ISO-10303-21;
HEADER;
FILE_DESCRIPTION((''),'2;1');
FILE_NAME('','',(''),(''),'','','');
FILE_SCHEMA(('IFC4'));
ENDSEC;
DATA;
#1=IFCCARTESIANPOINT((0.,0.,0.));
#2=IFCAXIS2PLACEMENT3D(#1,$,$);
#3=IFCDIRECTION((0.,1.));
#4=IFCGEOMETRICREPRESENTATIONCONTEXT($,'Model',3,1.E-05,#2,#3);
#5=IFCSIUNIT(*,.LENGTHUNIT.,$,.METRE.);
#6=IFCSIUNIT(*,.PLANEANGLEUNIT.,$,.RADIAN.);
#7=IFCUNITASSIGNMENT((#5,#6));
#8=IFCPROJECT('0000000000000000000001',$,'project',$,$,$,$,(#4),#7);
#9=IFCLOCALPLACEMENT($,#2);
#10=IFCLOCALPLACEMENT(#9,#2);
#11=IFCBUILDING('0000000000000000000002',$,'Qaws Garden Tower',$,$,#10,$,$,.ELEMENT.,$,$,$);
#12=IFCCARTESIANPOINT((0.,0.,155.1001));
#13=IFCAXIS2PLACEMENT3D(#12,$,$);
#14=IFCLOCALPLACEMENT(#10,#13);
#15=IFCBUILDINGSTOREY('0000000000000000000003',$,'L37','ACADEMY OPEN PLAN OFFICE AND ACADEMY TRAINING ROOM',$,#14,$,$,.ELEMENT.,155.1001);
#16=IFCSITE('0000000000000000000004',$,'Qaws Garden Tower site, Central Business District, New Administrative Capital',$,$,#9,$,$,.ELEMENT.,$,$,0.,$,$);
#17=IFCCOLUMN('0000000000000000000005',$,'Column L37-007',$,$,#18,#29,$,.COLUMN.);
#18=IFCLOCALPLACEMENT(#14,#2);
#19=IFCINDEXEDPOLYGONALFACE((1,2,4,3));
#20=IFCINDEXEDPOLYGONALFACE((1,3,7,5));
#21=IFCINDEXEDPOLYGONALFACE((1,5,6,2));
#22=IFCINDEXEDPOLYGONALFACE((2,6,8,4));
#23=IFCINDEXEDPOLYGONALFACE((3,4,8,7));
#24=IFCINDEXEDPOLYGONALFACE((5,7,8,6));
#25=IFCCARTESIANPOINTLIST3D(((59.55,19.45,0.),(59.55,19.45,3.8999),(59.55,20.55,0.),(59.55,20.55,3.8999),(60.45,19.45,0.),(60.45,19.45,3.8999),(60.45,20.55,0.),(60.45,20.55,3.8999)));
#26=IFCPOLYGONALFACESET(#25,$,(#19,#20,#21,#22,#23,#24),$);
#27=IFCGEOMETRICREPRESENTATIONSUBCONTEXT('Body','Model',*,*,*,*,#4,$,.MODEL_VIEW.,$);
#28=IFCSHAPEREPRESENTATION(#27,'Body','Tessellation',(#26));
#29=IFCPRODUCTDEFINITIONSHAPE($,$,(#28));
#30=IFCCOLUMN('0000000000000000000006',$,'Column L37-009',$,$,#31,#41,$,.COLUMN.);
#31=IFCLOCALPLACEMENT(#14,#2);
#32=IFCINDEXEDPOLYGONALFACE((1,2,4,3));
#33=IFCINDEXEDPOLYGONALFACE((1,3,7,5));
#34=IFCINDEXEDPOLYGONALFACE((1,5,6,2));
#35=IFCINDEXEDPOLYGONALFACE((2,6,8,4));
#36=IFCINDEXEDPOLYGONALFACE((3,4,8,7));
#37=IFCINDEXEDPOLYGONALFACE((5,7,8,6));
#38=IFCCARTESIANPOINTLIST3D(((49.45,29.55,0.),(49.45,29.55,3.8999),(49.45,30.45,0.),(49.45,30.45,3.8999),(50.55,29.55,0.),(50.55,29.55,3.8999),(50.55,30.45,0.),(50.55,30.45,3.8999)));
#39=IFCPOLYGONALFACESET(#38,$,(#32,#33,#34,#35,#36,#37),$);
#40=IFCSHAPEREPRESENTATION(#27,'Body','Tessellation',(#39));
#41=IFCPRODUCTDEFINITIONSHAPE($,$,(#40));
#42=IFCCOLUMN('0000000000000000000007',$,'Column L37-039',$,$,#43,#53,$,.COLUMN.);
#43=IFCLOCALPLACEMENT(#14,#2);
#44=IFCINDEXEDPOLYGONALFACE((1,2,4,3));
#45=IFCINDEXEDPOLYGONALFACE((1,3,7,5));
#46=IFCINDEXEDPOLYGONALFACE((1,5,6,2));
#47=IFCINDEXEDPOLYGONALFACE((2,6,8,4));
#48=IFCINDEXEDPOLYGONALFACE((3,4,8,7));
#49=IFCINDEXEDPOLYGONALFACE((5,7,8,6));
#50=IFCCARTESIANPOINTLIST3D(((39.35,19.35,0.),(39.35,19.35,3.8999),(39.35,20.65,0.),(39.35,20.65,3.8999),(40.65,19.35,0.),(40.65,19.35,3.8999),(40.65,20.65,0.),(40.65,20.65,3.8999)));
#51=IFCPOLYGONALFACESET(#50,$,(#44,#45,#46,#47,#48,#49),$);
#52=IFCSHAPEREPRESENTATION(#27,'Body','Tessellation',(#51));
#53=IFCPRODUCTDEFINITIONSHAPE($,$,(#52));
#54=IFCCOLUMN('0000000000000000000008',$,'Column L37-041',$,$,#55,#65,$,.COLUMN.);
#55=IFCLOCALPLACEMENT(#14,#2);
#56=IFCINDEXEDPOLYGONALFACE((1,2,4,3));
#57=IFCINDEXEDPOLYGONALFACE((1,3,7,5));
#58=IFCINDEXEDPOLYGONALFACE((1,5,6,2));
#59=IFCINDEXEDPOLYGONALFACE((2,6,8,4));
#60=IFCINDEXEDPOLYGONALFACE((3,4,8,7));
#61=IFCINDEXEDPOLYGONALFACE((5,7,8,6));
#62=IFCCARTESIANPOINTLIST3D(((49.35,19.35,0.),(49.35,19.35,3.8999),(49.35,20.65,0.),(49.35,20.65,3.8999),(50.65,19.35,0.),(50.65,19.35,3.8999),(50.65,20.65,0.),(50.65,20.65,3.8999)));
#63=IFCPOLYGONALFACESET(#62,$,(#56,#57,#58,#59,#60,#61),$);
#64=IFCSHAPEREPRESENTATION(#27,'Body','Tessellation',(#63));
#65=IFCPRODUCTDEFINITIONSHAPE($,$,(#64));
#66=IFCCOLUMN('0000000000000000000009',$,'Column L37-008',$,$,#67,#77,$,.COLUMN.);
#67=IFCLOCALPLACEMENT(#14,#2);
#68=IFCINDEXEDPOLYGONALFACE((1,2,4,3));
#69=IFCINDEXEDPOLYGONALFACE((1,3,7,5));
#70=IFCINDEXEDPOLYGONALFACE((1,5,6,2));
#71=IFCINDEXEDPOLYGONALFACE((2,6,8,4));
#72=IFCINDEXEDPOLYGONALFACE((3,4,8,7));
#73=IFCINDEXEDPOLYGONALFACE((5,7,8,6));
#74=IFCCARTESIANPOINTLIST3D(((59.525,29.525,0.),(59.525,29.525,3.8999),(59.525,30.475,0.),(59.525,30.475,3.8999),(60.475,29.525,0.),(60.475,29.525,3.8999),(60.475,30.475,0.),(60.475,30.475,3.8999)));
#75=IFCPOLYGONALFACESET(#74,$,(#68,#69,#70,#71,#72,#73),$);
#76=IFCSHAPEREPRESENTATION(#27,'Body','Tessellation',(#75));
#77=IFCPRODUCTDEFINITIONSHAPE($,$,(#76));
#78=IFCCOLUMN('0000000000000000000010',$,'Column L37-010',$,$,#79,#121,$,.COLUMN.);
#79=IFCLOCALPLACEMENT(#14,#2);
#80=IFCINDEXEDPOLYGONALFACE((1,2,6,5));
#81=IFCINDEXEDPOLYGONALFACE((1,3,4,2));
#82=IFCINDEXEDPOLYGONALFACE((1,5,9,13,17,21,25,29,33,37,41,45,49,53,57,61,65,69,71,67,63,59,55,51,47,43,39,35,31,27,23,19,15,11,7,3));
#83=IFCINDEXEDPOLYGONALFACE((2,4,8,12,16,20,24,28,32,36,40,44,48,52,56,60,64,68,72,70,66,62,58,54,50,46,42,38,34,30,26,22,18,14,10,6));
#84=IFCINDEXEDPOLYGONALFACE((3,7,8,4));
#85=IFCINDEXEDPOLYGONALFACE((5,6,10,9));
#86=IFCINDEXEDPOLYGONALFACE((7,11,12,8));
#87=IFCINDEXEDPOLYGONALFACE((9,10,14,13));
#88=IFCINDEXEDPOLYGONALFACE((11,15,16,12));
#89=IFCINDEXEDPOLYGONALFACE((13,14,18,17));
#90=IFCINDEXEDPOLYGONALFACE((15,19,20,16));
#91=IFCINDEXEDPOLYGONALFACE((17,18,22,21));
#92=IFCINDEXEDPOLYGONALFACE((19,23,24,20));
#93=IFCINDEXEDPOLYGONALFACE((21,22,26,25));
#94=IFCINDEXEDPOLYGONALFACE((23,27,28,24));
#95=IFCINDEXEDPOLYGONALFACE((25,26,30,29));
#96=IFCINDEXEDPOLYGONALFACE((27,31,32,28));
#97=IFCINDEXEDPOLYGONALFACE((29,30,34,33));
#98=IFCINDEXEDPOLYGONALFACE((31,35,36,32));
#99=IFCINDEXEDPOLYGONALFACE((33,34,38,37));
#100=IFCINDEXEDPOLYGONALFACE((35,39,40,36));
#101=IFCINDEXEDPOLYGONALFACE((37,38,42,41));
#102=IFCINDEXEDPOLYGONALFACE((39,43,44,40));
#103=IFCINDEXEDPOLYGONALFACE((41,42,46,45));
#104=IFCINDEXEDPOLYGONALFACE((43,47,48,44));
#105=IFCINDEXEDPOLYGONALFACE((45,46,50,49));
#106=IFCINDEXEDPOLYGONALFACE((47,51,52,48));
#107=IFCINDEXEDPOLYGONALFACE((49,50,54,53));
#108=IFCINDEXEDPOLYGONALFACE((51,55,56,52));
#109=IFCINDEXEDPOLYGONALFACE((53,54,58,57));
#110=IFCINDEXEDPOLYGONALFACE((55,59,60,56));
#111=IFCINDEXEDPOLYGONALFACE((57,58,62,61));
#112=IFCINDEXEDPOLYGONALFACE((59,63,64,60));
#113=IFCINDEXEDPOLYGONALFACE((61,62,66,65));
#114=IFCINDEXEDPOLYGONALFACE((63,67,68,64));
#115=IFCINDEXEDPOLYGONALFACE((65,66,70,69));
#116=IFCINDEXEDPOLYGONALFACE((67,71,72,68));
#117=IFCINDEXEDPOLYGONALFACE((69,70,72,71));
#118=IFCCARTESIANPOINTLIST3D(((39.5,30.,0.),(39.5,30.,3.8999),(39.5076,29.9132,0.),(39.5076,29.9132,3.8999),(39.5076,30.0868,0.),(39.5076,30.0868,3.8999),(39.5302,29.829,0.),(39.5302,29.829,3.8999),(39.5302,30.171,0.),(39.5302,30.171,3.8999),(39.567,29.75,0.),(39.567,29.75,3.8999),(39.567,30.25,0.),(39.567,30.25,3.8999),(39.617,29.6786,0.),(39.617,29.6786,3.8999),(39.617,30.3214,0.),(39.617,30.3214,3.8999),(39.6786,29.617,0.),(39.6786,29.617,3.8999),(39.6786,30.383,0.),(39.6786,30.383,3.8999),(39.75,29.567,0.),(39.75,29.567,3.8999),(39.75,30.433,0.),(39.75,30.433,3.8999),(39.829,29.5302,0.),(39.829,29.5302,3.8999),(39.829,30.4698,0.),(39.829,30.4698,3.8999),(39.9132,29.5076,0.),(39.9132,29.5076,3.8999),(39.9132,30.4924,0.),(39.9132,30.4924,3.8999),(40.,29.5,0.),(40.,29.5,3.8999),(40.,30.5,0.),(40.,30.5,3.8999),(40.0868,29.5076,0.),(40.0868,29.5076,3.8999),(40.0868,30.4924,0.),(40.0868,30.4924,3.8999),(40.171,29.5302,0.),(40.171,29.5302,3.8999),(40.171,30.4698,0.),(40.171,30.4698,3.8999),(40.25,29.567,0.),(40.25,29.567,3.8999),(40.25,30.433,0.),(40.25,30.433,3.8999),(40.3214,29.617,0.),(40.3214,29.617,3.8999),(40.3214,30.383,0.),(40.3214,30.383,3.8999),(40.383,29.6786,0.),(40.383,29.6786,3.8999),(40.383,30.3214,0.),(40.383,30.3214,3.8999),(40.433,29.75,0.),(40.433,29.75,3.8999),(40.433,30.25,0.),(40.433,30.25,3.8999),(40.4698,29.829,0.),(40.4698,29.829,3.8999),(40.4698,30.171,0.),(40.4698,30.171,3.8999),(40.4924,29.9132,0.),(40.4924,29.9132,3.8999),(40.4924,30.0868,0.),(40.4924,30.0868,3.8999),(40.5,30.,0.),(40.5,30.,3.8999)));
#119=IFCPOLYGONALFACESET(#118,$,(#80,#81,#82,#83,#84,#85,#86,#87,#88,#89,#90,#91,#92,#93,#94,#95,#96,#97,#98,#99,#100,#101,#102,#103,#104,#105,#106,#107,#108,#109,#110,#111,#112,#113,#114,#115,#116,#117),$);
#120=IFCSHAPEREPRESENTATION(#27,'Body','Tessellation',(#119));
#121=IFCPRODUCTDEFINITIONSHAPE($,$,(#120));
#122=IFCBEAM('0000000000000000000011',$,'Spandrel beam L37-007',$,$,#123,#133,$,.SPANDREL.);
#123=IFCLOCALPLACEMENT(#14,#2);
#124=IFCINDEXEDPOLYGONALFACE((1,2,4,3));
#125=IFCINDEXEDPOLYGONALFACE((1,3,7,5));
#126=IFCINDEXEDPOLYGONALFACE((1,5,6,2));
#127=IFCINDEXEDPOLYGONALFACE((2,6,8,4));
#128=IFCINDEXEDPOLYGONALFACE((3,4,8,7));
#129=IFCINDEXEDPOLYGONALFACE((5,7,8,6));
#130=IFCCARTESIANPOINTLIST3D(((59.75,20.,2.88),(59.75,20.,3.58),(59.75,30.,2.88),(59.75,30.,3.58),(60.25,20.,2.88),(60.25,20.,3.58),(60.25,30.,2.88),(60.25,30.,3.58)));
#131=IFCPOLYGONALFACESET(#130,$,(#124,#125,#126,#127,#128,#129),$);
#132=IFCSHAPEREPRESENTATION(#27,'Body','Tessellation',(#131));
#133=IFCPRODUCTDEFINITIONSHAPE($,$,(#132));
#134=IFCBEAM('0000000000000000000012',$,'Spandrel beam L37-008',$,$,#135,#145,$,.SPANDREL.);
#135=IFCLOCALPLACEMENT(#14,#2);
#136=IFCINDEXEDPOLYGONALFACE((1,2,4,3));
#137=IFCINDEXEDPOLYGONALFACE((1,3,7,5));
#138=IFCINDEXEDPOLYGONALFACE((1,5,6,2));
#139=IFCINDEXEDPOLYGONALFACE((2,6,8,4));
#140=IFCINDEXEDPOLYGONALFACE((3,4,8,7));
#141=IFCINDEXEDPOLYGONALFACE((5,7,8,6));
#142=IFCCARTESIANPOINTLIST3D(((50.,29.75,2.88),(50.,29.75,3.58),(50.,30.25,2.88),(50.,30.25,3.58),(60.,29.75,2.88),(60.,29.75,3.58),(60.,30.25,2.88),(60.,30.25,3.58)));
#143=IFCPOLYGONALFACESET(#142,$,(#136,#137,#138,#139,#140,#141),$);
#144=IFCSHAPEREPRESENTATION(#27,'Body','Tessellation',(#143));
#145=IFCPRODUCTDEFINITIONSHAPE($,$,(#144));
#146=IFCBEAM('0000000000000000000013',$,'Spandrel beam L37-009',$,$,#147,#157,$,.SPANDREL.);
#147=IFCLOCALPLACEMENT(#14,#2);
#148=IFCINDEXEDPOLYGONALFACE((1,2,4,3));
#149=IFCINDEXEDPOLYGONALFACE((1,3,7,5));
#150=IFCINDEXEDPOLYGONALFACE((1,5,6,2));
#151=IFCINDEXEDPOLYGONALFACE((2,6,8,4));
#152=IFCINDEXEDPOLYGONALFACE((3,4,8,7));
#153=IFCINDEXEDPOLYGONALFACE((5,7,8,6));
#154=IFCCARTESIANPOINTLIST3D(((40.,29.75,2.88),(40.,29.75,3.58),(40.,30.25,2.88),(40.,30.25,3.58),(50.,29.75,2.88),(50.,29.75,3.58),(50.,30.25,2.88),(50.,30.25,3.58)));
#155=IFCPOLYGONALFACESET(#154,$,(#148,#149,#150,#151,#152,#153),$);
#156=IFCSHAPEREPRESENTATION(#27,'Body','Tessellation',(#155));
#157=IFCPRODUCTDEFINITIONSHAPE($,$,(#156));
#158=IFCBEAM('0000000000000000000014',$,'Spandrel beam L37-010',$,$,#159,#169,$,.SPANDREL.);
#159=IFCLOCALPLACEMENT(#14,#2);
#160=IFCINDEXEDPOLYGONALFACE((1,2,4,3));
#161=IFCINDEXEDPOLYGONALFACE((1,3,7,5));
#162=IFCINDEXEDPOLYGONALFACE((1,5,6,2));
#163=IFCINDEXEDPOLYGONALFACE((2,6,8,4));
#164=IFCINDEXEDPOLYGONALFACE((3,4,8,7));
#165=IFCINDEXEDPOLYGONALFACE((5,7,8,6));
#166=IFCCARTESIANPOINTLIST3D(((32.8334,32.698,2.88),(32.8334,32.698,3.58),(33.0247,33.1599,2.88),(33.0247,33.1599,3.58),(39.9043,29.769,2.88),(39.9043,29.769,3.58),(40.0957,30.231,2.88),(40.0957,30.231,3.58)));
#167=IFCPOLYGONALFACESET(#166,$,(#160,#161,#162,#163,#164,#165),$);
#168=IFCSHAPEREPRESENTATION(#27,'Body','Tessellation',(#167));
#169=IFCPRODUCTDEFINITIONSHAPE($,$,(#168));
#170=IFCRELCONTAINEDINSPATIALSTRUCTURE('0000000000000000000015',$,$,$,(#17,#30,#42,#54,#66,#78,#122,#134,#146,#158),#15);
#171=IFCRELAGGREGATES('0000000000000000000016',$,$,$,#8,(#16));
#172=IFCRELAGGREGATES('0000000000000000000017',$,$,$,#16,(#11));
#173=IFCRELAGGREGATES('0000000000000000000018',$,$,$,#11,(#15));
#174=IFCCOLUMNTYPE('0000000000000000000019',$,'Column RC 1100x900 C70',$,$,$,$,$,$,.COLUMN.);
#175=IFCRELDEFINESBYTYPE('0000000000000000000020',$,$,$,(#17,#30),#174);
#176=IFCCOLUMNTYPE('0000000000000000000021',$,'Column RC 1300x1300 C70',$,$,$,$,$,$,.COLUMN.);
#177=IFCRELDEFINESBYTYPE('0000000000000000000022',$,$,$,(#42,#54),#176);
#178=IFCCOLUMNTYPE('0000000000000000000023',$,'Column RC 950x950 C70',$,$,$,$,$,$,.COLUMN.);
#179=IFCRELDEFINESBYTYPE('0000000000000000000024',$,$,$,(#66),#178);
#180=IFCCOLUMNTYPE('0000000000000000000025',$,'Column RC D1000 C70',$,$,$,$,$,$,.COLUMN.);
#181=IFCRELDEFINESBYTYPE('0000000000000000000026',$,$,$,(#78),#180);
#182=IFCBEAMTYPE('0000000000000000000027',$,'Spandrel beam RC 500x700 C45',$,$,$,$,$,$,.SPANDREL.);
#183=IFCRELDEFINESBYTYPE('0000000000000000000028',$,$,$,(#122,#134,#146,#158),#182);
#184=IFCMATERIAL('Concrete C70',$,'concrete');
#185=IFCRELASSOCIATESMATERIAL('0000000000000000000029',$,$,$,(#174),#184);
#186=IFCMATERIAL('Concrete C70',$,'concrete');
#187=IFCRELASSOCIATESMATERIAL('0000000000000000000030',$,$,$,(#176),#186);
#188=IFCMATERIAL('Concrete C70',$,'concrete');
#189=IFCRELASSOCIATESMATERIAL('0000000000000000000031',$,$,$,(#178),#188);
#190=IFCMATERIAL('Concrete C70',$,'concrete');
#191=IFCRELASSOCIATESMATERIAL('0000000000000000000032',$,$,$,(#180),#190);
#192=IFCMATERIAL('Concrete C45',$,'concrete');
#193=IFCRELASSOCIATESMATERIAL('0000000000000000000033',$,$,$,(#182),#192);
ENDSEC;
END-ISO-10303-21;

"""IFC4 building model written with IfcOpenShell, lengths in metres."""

from ifc_helpers import new_model, si_unit, direction, frame, origin, origin_2d, place, context, subcontext, project, spatial, rectangle, circle, extrude, material, material_profile, profile_set, type_object, element, save


model = new_model("IFC4")

# Units and contexts
model_context = context("Model", 3, precision=1e-05, world=origin(), true_north=direction((0.0, 1.0)))
body_context = subcontext(model_context, "Body", "Model", "MODEL_VIEW")
ifc_project = project(units=[si_unit("LENGTHUNIT", "METRE"), si_unit("PLANEANGLEUNIT", "RADIAN")], contexts=[model_context])

# Site, building, storey
site_placement = place(None, origin())
site = spatial("IfcSite", under=ifc_project, at=site_placement, Name="Qaws Garden Tower site, Central Business District, New Administrative Capital", CompositionType="ELEMENT", RefElevation=0.0)
building_placement = place(site_placement, origin())
building = spatial("IfcBuilding", under=site, at=building_placement, Name="Qaws Garden Tower", CompositionType="ELEMENT")
storey_placement = place(building_placement, frame((0.0, 0.0, 155.1001)))
storey = spatial("IfcBuildingStorey", under=building, at=storey_placement, Name="L37", Description="ACADEMY OPEN PLAN OFFICE AND ACADEMY TRAINING ROOM", CompositionType="ELEMENT", Elevation=155.1001)

# Columns
ifc_material_1 = material(Name="Concrete C70", Category="concrete")
ifc_material_profile_1 = material_profile(ifc_material_1, rectangle(XDim=1.1001, YDim=0.8999, at=origin_2d()), Name="RC 1100x900")
ifc_profile_set_1 = profile_set([ifc_material_profile_1], Name="Concrete C70")
column_type_1 = type_object("IfcColumnType", Name="Column RC 1100x900 C70", PredefinedType="COLUMN", material=ifc_profile_set_1)
for number, where, z_axis, x_axis, name in (
    (1, (60.0, 20.0, 0.0), (0.0, 0.0, 1.0), (0.0, 1.0, 0.0), "Column L37-007"),
    (2, (50.0, 30.0, 0.0), (0.0, 0.0, 1.0), (1.0, 0.0, 0.0), "Column L37-009"),
):
    element("IfcColumn", number, at=place(storey_placement, frame(where, z_axis=z_axis, x_axis=x_axis)), inside=storey, type_object=column_type_1, Name=name, PredefinedType="COLUMN", context=body_context, shape_type="SweptSolid", body=[
        extrude(rectangle(XDim=1.1001, YDim=0.8999, at=origin_2d()), origin(), (0.0, 0.0, 1.0), 3.8999),
    ])
ifc_material_2 = material(Name="Concrete C70", Category="concrete")
ifc_material_profile_2 = material_profile(ifc_material_2, rectangle(XDim=1.3, YDim=1.3, at=origin_2d()), Name="RC 1300x1300")
ifc_profile_set_2 = profile_set([ifc_material_profile_2], Name="Concrete C70")
column_type_2 = type_object("IfcColumnType", Name="Column RC 1300x1300 C70", PredefinedType="COLUMN", material=ifc_profile_set_2)
for number, where, z_axis, x_axis, name in (
    (3, (40.0, 20.0, 0.0), (0.0, 0.0, 1.0), (1.0, 0.0, 0.0), "Column L37-039"),
    (4, (50.0, 20.0, 0.0), (0.0, 0.0, 1.0), (1.0, 0.0, 0.0), "Column L37-041"),
):
    element("IfcColumn", number, at=place(storey_placement, frame(where, z_axis=z_axis, x_axis=x_axis)), inside=storey, type_object=column_type_2, Name=name, PredefinedType="COLUMN", context=body_context, shape_type="SweptSolid", body=[
        extrude(rectangle(XDim=1.3, YDim=1.3, at=origin_2d()), origin(), (0.0, 0.0, 1.0), 3.8999),
    ])
ifc_material_3 = material(Name="Concrete C70", Category="concrete")
ifc_material_profile_3 = material_profile(ifc_material_3, rectangle(XDim=0.95, YDim=0.95, at=origin_2d()), Name="RC 950x950")
ifc_profile_set_3 = profile_set([ifc_material_profile_3], Name="Concrete C70")
column_type_3 = type_object("IfcColumnType", Name="Column RC 950x950 C70", PredefinedType="COLUMN", material=ifc_profile_set_3)
column_1_placement = place(storey_placement, frame((60.0, 30.0, 0.0), z_axis=(0.0, 0.0, 1.0), x_axis=(1.0, 0.0, 0.0)))
element("IfcColumn", 5, at=column_1_placement, inside=storey, type_object=column_type_3, Name="Column L37-008", PredefinedType="COLUMN", context=body_context, shape_type="SweptSolid", body=[
    extrude(rectangle(XDim=0.95, YDim=0.95, at=origin_2d()), origin(), (0.0, 0.0, 1.0), 3.8999),
])
ifc_material_4 = material(Name="Concrete C70", Category="concrete")
ifc_material_profile_4 = material_profile(ifc_material_4, circle(Radius=0.5, at=origin_2d()), Name="RC D1000")
ifc_profile_set_4 = profile_set([ifc_material_profile_4], Name="Concrete C70")
column_type_4 = type_object("IfcColumnType", Name="Column RC D1000 C70", PredefinedType="COLUMN", material=ifc_profile_set_4)
column_2_placement = place(storey_placement, frame((40.0, 30.0, 0.0), z_axis=(0.0, 0.0, 1.0), x_axis=(1.0, 0.0, 0.0)))
element("IfcColumn", 6, at=column_2_placement, inside=storey, type_object=column_type_4, Name="Column L37-010", PredefinedType="COLUMN", context=body_context, shape_type="SweptSolid", body=[
    extrude(circle(Radius=0.5, at=origin_2d()), origin(), (0.0, 0.0, 1.0), 3.8999),
])

# Beams
ifc_material_5 = material(Name="Concrete C45", Category="concrete")
ifc_material_profile_5 = material_profile(ifc_material_5, rectangle(XDim=0.5, YDim=0.7, at=origin_2d()), Name="RC 500x700")
ifc_profile_set_5 = profile_set([ifc_material_profile_5], Name="Concrete C45")
beam_type = type_object("IfcBeamType", Name="Spandrel beam RC 500x700 C45", PredefinedType="SPANDREL", material=ifc_profile_set_5)
for number, where, z_axis, x_axis, name in (
    (7, (60.0, 20.0, 3.23), (0.0, 1.0, 0.0), (-1.0, 0.0, 0.0), "Spandrel beam L37-007"),
    (8, (60.0, 30.0, 3.23), (-1.0, 0.0, 0.0), (0.0, -1.0, 0.0), "Spandrel beam L37-008"),
    (9, (50.0, 30.0, 3.23), (-1.0, 0.0, 0.0), (0.0, -1.0, 0.0), "Spandrel beam L37-009"),
):
    element("IfcBeam", number, at=place(storey_placement, frame(where, z_axis=z_axis, x_axis=x_axis)), inside=storey, type_object=beam_type, Name=name, PredefinedType="SPANDREL", context=body_context, shape_type="SweptSolid", body=[
        extrude(rectangle(XDim=0.5, YDim=0.7, at=origin_2d()), origin(), (0.0, 0.0, 1.0), 10.0),
    ])
beam_placement = place(storey_placement, frame((40.0, 30.0, 3.23), z_axis=(-0.923878, 0.382687, 0.0), x_axis=(-0.382687, -0.923878, 0.0)))
element("IfcBeam", 10, at=beam_placement, inside=storey, type_object=beam_type, Name="Spandrel beam L37-010", PredefinedType="SPANDREL", context=body_context, shape_type="SweptSolid", body=[
    extrude(rectangle(XDim=0.5, YDim=0.7, at=origin_2d()), origin(), (0.0, 0.0, 1.0), 7.6536),
])

save(model, "model.ifc")
